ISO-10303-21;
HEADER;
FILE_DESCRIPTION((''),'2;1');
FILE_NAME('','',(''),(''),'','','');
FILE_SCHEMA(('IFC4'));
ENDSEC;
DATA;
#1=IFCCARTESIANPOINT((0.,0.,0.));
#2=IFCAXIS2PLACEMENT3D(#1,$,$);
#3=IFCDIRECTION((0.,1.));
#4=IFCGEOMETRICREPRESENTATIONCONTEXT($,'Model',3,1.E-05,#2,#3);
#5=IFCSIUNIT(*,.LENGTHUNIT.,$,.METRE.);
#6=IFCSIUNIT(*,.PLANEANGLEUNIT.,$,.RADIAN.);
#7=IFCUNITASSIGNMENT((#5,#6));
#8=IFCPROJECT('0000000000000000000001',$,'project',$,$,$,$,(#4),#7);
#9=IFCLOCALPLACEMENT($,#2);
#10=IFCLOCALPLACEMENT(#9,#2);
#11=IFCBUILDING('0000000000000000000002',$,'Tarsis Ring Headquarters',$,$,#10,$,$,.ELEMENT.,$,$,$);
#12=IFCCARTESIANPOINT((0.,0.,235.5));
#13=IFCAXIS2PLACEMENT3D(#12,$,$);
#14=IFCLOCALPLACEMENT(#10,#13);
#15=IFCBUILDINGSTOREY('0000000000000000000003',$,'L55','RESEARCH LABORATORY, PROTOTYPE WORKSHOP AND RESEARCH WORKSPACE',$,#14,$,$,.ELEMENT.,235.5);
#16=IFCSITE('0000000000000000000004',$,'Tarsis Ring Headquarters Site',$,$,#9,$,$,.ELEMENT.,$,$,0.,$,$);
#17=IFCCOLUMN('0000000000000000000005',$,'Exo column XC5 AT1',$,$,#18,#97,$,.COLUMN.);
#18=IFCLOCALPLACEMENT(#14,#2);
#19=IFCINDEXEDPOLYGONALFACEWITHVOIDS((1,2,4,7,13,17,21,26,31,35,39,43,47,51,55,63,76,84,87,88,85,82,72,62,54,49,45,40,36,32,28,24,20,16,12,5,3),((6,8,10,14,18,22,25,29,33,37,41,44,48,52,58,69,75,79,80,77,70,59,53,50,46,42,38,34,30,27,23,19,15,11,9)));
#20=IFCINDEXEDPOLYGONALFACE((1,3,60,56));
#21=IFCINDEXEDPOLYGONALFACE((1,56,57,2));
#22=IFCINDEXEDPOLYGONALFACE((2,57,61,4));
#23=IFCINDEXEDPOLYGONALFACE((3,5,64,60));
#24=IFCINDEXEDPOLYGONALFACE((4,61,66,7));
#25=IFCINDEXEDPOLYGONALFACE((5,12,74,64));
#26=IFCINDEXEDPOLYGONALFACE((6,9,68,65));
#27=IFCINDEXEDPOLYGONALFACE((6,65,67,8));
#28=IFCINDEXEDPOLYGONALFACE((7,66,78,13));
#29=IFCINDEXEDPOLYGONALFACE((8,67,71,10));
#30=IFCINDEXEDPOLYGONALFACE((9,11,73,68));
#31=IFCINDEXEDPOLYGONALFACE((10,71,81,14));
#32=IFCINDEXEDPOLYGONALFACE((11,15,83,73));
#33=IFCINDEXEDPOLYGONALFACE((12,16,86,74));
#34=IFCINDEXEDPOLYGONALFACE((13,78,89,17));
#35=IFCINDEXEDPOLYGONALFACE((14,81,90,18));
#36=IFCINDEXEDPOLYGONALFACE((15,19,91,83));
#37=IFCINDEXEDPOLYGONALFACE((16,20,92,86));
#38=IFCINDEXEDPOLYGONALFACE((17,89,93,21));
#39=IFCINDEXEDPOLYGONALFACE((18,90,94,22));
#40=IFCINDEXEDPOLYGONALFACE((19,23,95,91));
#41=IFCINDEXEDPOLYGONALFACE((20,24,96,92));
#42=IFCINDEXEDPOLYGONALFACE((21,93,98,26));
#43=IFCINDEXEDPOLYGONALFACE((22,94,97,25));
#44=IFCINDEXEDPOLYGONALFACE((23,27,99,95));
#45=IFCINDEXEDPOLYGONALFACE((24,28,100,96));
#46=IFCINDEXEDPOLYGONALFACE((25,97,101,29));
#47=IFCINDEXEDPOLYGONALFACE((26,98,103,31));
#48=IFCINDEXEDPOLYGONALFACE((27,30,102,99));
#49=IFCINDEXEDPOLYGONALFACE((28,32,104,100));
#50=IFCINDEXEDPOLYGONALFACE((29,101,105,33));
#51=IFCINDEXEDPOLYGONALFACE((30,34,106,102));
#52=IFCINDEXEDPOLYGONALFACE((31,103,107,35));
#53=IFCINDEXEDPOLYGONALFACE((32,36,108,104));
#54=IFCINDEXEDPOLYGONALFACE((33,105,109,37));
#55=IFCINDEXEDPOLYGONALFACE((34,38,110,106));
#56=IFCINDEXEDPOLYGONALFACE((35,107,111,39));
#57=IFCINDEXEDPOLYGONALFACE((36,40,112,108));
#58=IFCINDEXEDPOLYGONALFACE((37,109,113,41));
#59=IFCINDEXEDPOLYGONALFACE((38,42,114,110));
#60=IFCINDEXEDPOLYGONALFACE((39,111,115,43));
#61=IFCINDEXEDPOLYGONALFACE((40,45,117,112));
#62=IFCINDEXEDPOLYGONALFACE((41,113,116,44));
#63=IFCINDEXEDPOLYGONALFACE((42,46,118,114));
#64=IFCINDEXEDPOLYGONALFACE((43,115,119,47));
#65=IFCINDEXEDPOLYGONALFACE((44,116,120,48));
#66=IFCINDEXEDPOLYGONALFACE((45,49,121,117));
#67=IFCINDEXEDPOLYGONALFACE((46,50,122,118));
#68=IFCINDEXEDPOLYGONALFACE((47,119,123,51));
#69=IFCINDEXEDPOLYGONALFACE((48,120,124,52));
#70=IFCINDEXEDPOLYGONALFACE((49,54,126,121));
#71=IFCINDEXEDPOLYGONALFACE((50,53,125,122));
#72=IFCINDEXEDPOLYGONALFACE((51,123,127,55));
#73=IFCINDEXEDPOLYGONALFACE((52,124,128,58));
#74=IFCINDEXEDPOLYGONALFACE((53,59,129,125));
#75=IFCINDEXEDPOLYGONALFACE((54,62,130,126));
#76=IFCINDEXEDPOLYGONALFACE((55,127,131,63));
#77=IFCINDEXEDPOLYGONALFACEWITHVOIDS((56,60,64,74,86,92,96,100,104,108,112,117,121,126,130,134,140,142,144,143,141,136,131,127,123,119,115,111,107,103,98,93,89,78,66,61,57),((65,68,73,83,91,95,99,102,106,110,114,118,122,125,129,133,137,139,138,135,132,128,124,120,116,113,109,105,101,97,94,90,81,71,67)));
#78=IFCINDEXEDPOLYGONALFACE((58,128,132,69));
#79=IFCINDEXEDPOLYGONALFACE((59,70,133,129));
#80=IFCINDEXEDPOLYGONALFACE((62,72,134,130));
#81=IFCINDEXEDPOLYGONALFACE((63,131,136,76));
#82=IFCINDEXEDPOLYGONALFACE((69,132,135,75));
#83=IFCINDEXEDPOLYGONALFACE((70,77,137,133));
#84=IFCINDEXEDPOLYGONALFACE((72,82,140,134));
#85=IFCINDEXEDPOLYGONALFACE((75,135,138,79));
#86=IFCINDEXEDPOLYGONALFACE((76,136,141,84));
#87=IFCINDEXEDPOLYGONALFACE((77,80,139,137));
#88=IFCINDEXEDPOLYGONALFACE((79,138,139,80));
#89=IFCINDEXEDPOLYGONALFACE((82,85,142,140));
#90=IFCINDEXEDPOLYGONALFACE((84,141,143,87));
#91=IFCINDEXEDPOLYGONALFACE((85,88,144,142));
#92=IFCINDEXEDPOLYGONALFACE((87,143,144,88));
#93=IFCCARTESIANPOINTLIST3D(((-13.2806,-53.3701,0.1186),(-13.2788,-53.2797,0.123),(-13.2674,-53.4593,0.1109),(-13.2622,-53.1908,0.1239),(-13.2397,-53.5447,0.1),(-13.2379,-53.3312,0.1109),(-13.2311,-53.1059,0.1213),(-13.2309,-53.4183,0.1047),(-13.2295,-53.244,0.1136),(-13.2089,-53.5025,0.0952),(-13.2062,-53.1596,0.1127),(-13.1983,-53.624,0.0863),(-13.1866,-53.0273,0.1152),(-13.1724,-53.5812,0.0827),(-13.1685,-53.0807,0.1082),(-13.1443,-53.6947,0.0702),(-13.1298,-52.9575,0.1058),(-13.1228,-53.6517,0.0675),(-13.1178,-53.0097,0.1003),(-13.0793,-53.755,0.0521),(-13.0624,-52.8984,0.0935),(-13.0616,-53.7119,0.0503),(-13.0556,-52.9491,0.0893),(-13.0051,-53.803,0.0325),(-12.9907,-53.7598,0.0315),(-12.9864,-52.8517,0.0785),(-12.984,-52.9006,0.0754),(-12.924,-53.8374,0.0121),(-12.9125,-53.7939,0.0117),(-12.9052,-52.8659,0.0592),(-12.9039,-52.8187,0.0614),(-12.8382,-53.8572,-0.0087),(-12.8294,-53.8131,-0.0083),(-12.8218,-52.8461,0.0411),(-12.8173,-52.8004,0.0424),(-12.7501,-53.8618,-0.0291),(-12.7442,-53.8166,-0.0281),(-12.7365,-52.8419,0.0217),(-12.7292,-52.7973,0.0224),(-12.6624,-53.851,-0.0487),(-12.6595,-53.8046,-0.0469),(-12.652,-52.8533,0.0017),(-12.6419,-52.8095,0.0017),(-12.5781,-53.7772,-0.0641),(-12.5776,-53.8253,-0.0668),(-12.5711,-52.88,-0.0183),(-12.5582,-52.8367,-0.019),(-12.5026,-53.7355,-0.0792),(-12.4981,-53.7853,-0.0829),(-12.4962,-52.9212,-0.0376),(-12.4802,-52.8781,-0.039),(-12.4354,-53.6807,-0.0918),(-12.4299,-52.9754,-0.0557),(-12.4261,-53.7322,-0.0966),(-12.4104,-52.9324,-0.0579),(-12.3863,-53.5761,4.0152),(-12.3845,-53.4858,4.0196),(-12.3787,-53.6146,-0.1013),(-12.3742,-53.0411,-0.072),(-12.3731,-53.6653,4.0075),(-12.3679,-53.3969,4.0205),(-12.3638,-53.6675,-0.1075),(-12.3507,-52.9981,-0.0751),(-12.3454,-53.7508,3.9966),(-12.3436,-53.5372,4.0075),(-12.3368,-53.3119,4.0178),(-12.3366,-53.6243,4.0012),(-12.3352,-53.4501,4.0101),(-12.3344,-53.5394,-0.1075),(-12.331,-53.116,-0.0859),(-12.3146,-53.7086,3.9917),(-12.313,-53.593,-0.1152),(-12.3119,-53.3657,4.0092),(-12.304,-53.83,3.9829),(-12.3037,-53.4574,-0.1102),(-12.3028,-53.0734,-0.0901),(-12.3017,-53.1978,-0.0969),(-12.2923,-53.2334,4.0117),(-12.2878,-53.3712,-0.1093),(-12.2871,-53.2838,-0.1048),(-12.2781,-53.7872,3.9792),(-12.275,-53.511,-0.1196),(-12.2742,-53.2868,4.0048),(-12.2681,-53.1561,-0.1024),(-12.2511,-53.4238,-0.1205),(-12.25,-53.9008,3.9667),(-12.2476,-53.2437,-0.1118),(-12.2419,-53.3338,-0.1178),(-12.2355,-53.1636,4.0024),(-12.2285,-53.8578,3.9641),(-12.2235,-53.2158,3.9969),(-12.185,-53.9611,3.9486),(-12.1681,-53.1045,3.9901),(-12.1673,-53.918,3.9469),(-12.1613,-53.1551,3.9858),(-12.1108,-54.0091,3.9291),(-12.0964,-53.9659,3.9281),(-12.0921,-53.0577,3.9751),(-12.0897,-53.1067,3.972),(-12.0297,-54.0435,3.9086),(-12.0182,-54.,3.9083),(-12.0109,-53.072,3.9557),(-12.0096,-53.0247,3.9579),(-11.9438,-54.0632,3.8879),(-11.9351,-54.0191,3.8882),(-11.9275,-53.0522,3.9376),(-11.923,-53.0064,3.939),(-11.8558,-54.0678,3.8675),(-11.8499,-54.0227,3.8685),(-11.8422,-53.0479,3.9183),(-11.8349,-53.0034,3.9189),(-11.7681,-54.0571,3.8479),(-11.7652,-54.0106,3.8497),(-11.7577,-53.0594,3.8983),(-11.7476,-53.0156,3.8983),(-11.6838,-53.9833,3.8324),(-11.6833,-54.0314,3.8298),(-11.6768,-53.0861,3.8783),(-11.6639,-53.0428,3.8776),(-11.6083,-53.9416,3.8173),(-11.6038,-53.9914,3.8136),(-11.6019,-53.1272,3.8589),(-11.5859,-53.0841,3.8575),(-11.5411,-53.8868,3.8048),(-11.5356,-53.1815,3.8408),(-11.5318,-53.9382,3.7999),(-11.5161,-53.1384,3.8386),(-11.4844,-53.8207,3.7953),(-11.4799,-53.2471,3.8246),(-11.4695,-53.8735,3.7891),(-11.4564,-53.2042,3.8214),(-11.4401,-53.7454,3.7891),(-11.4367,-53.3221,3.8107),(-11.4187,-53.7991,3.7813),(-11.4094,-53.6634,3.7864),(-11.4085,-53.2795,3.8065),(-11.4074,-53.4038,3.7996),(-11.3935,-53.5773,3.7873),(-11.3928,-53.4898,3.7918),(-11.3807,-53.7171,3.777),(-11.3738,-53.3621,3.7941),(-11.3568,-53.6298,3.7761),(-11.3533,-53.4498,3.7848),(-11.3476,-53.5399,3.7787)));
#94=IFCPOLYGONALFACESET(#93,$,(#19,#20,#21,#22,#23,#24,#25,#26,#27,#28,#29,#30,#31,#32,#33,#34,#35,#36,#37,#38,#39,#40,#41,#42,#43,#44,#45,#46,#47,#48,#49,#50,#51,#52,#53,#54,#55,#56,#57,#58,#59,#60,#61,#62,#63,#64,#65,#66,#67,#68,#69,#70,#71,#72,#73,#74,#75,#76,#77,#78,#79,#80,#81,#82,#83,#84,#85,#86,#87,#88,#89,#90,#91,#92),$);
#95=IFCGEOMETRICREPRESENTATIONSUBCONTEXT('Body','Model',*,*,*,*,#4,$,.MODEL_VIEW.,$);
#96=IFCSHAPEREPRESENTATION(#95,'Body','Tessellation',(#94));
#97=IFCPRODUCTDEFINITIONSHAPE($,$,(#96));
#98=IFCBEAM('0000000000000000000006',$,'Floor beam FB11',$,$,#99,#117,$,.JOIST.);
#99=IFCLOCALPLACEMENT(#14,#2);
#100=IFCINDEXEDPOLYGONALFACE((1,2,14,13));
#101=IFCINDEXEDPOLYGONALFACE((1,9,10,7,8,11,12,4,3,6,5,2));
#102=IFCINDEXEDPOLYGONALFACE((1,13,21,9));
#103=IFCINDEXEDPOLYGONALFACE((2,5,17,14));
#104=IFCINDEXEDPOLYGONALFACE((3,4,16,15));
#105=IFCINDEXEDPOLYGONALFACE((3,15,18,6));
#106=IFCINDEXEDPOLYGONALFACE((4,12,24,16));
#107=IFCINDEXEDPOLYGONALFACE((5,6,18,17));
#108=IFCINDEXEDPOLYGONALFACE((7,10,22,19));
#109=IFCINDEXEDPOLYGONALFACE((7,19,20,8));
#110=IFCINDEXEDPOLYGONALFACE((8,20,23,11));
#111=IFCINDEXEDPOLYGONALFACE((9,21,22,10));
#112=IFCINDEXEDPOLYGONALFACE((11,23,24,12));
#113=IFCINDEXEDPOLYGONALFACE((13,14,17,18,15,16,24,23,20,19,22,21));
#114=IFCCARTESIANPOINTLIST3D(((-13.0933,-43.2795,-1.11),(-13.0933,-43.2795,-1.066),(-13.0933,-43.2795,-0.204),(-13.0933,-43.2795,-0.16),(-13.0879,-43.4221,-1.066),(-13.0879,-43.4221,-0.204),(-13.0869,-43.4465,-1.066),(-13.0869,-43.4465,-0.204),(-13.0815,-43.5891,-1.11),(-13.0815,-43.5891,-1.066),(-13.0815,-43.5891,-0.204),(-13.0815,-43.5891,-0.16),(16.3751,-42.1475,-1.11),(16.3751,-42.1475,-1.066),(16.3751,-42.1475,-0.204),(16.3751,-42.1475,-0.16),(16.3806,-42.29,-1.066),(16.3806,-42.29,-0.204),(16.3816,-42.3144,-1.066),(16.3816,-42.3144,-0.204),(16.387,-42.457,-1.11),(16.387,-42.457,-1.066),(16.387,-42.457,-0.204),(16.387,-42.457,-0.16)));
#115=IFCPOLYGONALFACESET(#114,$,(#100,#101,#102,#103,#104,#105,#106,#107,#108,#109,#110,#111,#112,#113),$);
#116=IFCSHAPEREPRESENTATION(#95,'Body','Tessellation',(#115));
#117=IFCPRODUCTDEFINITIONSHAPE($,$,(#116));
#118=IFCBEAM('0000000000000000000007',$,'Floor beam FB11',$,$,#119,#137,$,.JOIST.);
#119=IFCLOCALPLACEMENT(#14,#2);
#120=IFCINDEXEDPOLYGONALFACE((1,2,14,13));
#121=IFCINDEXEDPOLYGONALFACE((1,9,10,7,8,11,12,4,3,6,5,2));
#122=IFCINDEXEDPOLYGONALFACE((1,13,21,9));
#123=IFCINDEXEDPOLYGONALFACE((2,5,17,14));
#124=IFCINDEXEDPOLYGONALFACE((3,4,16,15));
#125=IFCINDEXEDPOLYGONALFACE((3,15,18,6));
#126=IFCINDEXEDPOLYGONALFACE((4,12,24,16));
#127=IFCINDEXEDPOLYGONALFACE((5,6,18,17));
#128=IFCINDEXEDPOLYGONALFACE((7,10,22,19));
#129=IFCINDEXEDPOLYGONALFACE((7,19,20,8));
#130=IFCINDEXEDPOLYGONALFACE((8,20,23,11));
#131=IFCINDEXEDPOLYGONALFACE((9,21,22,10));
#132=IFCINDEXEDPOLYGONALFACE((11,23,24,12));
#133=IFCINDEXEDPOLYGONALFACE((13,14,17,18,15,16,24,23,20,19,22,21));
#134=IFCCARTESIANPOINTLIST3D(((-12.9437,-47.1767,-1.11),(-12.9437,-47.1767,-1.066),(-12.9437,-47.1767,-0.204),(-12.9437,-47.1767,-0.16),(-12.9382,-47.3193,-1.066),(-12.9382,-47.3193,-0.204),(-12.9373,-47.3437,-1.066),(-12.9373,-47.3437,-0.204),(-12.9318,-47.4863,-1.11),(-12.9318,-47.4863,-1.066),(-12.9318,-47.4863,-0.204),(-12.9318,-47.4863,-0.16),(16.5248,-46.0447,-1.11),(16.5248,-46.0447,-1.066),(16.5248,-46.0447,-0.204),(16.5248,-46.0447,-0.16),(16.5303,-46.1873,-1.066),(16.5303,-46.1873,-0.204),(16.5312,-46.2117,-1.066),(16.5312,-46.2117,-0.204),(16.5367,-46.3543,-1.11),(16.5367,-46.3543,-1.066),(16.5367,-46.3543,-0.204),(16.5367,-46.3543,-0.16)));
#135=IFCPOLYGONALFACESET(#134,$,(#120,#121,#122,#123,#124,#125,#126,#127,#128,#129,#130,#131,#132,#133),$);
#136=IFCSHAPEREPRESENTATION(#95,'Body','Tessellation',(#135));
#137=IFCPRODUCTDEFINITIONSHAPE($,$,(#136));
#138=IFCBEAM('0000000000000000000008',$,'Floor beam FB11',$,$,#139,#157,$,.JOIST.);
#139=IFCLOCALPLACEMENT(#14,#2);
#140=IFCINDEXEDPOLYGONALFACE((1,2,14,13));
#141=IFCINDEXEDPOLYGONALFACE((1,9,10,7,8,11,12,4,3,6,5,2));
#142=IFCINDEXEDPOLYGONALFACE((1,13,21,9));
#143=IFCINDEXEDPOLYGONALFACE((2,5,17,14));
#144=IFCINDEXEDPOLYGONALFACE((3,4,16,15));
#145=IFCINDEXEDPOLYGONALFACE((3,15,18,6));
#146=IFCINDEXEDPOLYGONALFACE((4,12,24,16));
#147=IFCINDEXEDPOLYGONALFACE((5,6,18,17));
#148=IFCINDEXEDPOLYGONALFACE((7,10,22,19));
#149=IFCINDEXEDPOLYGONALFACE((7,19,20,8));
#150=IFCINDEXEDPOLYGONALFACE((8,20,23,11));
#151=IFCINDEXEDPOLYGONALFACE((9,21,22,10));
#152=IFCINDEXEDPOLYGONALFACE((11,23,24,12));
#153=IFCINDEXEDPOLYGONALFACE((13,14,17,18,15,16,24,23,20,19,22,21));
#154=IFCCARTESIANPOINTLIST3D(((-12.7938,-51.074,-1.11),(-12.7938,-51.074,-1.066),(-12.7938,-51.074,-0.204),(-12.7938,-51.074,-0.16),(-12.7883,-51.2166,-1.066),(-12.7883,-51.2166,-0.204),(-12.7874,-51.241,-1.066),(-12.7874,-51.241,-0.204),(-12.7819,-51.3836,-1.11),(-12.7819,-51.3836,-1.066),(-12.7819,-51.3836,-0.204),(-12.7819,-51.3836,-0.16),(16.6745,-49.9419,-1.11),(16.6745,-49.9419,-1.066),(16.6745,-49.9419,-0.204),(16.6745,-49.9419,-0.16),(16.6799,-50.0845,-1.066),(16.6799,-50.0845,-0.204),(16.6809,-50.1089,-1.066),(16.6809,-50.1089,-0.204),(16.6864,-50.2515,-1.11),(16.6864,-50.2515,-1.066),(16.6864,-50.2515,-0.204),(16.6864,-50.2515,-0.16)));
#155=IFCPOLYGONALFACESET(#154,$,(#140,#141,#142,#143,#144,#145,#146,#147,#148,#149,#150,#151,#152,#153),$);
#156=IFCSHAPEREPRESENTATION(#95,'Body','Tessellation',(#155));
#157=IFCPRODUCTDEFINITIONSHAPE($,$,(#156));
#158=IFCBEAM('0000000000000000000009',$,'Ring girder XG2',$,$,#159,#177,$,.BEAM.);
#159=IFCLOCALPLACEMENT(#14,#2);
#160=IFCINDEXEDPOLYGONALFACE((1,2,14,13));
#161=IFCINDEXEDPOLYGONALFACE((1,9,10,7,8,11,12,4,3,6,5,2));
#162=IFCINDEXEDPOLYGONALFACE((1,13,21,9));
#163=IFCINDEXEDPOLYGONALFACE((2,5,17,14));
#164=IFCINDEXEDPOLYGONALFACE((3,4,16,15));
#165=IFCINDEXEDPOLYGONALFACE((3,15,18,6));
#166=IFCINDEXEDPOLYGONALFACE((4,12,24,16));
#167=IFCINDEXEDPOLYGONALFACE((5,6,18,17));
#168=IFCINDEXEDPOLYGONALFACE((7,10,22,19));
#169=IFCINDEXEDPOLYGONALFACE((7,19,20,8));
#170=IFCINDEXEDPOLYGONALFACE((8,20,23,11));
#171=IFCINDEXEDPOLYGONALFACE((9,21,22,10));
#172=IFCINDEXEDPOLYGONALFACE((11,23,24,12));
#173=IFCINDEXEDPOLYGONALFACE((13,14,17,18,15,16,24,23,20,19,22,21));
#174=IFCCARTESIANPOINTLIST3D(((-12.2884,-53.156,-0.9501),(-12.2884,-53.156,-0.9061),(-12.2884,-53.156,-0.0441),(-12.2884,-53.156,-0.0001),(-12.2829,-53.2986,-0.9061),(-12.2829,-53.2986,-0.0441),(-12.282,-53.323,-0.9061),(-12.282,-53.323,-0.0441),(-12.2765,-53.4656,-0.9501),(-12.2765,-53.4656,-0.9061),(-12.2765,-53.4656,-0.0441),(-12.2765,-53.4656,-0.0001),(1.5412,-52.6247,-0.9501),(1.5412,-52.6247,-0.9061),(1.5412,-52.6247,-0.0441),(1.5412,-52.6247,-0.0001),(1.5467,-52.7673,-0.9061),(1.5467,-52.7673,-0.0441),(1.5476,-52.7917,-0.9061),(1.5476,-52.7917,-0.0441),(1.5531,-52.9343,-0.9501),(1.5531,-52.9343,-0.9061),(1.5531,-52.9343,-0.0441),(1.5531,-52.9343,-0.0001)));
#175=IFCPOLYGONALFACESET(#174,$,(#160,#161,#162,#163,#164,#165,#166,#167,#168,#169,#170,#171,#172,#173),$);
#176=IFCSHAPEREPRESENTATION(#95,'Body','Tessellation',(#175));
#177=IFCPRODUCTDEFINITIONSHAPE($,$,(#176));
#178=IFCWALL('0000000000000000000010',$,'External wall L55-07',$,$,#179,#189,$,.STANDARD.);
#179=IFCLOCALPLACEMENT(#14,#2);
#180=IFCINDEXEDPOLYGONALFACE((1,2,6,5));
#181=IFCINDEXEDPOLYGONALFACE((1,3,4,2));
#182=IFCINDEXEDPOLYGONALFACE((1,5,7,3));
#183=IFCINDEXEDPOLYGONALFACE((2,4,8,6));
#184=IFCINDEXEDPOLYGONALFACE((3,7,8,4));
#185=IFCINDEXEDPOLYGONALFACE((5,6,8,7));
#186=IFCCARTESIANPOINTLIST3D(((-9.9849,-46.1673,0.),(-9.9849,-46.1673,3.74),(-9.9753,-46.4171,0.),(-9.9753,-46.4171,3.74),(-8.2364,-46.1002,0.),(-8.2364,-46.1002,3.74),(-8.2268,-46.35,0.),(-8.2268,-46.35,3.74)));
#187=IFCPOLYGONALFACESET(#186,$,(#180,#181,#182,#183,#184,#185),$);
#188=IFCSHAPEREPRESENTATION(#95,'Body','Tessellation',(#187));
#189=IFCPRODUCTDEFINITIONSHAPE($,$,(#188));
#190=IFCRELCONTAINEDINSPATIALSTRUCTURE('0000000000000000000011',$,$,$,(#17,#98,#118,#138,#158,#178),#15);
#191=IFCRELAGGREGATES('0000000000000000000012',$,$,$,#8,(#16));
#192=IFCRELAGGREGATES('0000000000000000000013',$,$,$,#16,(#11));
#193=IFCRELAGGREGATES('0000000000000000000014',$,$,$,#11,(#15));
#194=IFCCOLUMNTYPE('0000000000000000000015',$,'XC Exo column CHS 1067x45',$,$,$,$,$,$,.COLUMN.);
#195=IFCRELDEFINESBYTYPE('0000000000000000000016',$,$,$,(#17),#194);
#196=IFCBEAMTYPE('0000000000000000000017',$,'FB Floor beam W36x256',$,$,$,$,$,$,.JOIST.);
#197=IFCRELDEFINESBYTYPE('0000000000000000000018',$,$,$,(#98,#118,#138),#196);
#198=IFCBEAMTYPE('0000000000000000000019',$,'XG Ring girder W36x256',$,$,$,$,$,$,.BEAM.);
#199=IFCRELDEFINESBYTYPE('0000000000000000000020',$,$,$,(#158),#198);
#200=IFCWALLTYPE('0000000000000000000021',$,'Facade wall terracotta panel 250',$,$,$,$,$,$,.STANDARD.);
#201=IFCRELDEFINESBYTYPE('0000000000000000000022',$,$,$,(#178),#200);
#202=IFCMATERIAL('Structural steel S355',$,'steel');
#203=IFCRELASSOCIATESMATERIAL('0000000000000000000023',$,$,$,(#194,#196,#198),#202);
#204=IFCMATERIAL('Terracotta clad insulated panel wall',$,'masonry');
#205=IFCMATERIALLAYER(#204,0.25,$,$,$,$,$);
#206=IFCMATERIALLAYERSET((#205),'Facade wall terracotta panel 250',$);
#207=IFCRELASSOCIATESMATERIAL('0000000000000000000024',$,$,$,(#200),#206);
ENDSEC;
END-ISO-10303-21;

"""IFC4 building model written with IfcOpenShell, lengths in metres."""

from ifc_helpers import new_model, si_unit, direction, frame, frame_2d, origin, origin_2d, place, context, subcontext, project, spatial, rectangle, hollow_circle, i_section, extrude, material, layer, layer_set, material_profile, profile_set, type_object, element, save


model = new_model("IFC4")

# Units and contexts
model_context = context("Model", 3, precision=1e-05, world=origin(), true_north=direction((0.0, 1.0)))
body_context = subcontext(model_context, "Body", "Model", "MODEL_VIEW")
ifc_project = project(units=[si_unit("LENGTHUNIT", "METRE"), si_unit("PLANEANGLEUNIT", "RADIAN")], contexts=[model_context])

# Site, building, storey
site_placement = place(None, origin())
site = spatial("IfcSite", under=ifc_project, at=site_placement, Name="Tarsis Ring Headquarters Site", CompositionType="ELEMENT", RefElevation=0.0)
building_placement = place(site_placement, origin())
building = spatial("IfcBuilding", under=site, at=building_placement, Name="Tarsis Ring Headquarters", CompositionType="ELEMENT")
storey_placement = place(building_placement, frame((0.0, 0.0, 235.5)))
storey = spatial("IfcBuildingStorey", under=building, at=storey_placement, Name="L55", Description="RESEARCH LABORATORY, PROTOTYPE WORKSHOP AND RESEARCH WORKSPACE", CompositionType="ELEMENT", Elevation=235.5)

# Column
ifc_material_1 = material(Name="Structural steel S355", Category="steel")
ifc_material_profile_1 = material_profile(ifc_material_1, hollow_circle(Radius=0.5334, WallThickness=0.0449, at=origin_2d()), Name="CHS 1067x45")
ifc_profile_set_1 = profile_set([ifc_material_profile_1], Name="Structural steel S355")
column_type = type_object("IfcColumnType", Name="XC Exo column CHS 1067x45", PredefinedType="COLUMN", material=ifc_profile_set_1)
column_placement = place(storey_placement, frame((-12.7617, -53.3293, 0.0017), z_axis=(0.223399, -0.051474, 0.973367), x_axis=(0.224529, 0.974467, 0.0)))
element("IfcColumn", 1, at=column_placement, inside=storey, type_object=column_type, Name="Exo column XC5 AT1", PredefinedType="COLUMN", context=body_context, shape_type="SweptSolid", body=[
    extrude(hollow_circle(Radius=0.5334, WallThickness=0.0449, at=origin_2d()), origin(), (0.0, 0.0, 1.0), 4.0032),
])

# Beams
ifc_material_profile_2 = material_profile(ifc_material_1, i_section(OverallWidth=0.3098, OverallDepth=0.95, WebThickness=0.0244, FlangeThickness=0.0439, at=origin_2d()), Name="W36x256")
ifc_profile_set_2 = profile_set([ifc_material_profile_2], Name="Structural steel S355")
beam_type_1 = type_object("IfcBeamType", Name="FB Floor beam W36x256", PredefinedType="JOIST", material=ifc_profile_set_2)
for number, where, z_axis, x_axis, name in (
    (2, (-13.0874, -43.4343, -0.635), (0.999263, 0.038388, 0.0), (-0.038388, 0.999263, 0.0), "Floor beam FB11"),
    (3, (-12.9377, -47.3315, -0.635), (0.999263, 0.038388, 0.0), (-0.038388, 0.999263, 0.0), "Floor beam FB11"),
):
    element("IfcBeam", number, at=place(storey_placement, frame(where, z_axis=z_axis, x_axis=x_axis)), inside=storey, type_object=beam_type_1, Name=name, PredefinedType="JOIST", context=body_context, shape_type="SweptSolid", body=[
        extrude(i_section(OverallWidth=0.3098, OverallDepth=0.95, WebThickness=0.0244, FlangeThickness=0.0439, at=origin_2d()), origin(), (0.0, 0.0, 1.0), 29.4902),
    ])
beam_1_placement = place(storey_placement, frame((-12.7878, -51.2288, -0.635), z_axis=(0.999263, 0.038389, 0.0), x_axis=(-0.038389, 0.999263, 0.0)))
element("IfcBeam", 4, at=beam_1_placement, inside=storey, type_object=beam_type_1, Name="Floor beam FB11", PredefinedType="JOIST", context=body_context, shape_type="SweptSolid", body=[
    extrude(i_section(OverallWidth=0.3098, OverallDepth=0.95, WebThickness=0.0244, FlangeThickness=0.0439, at=origin_2d()), origin(), (0.0, 0.0, 1.0), 29.49),
])
beam_type_2 = type_object("IfcBeamType", Name="XG Ring girder W36x256", PredefinedType="BEAM", material=ifc_profile_set_2)
beam_2_placement = place(storey_placement, frame((-12.2825, -53.3108, -0.4751), z_axis=(0.999263, 0.038386, 0.0), x_axis=(-0.038386, 0.999263, 0.0)))
element("IfcBeam", 5, at=beam_2_placement, inside=storey, type_object=beam_type_2, Name="Ring girder XG2", PredefinedType="BEAM", context=body_context, shape_type="SweptSolid", body=[
    extrude(i_section(OverallWidth=0.3098, OverallDepth=0.95, WebThickness=0.0244, FlangeThickness=0.0439, at=origin_2d()), origin(), (0.0, 0.0, 1.0), 13.8398),
])

# Wall
ifc_material_2 = material(Name="Terracotta clad insulated panel wall", Category="masonry")
ifc_layer = layer(ifc_material_2, 0.25)
ifc_layer_set = layer_set([ifc_layer], Name="Facade wall terracotta panel 250")
wall_type = type_object("IfcWallType", Name="Facade wall terracotta panel 250", PredefinedType="STANDARD", material=ifc_layer_set)
wall_placement = place(storey_placement, frame((-9.9802, -46.2922, 0.0), z_axis=(0.0, 0.0, 1.0), x_axis=(0.999264, 0.038369, 0.0)))
element("IfcWall", 6, at=wall_placement, inside=storey, type_object=wall_type, Name="External wall L55-07", PredefinedType="STANDARD", context=body_context, shape_type="SweptSolid", body=[
    extrude(rectangle(XDim=1.7498, YDim=0.25, at=frame_2d((0.875, 0.0))), origin(), (0.0, 0.0, 1.0), 3.74),
])

save(model, "model.ifc")
